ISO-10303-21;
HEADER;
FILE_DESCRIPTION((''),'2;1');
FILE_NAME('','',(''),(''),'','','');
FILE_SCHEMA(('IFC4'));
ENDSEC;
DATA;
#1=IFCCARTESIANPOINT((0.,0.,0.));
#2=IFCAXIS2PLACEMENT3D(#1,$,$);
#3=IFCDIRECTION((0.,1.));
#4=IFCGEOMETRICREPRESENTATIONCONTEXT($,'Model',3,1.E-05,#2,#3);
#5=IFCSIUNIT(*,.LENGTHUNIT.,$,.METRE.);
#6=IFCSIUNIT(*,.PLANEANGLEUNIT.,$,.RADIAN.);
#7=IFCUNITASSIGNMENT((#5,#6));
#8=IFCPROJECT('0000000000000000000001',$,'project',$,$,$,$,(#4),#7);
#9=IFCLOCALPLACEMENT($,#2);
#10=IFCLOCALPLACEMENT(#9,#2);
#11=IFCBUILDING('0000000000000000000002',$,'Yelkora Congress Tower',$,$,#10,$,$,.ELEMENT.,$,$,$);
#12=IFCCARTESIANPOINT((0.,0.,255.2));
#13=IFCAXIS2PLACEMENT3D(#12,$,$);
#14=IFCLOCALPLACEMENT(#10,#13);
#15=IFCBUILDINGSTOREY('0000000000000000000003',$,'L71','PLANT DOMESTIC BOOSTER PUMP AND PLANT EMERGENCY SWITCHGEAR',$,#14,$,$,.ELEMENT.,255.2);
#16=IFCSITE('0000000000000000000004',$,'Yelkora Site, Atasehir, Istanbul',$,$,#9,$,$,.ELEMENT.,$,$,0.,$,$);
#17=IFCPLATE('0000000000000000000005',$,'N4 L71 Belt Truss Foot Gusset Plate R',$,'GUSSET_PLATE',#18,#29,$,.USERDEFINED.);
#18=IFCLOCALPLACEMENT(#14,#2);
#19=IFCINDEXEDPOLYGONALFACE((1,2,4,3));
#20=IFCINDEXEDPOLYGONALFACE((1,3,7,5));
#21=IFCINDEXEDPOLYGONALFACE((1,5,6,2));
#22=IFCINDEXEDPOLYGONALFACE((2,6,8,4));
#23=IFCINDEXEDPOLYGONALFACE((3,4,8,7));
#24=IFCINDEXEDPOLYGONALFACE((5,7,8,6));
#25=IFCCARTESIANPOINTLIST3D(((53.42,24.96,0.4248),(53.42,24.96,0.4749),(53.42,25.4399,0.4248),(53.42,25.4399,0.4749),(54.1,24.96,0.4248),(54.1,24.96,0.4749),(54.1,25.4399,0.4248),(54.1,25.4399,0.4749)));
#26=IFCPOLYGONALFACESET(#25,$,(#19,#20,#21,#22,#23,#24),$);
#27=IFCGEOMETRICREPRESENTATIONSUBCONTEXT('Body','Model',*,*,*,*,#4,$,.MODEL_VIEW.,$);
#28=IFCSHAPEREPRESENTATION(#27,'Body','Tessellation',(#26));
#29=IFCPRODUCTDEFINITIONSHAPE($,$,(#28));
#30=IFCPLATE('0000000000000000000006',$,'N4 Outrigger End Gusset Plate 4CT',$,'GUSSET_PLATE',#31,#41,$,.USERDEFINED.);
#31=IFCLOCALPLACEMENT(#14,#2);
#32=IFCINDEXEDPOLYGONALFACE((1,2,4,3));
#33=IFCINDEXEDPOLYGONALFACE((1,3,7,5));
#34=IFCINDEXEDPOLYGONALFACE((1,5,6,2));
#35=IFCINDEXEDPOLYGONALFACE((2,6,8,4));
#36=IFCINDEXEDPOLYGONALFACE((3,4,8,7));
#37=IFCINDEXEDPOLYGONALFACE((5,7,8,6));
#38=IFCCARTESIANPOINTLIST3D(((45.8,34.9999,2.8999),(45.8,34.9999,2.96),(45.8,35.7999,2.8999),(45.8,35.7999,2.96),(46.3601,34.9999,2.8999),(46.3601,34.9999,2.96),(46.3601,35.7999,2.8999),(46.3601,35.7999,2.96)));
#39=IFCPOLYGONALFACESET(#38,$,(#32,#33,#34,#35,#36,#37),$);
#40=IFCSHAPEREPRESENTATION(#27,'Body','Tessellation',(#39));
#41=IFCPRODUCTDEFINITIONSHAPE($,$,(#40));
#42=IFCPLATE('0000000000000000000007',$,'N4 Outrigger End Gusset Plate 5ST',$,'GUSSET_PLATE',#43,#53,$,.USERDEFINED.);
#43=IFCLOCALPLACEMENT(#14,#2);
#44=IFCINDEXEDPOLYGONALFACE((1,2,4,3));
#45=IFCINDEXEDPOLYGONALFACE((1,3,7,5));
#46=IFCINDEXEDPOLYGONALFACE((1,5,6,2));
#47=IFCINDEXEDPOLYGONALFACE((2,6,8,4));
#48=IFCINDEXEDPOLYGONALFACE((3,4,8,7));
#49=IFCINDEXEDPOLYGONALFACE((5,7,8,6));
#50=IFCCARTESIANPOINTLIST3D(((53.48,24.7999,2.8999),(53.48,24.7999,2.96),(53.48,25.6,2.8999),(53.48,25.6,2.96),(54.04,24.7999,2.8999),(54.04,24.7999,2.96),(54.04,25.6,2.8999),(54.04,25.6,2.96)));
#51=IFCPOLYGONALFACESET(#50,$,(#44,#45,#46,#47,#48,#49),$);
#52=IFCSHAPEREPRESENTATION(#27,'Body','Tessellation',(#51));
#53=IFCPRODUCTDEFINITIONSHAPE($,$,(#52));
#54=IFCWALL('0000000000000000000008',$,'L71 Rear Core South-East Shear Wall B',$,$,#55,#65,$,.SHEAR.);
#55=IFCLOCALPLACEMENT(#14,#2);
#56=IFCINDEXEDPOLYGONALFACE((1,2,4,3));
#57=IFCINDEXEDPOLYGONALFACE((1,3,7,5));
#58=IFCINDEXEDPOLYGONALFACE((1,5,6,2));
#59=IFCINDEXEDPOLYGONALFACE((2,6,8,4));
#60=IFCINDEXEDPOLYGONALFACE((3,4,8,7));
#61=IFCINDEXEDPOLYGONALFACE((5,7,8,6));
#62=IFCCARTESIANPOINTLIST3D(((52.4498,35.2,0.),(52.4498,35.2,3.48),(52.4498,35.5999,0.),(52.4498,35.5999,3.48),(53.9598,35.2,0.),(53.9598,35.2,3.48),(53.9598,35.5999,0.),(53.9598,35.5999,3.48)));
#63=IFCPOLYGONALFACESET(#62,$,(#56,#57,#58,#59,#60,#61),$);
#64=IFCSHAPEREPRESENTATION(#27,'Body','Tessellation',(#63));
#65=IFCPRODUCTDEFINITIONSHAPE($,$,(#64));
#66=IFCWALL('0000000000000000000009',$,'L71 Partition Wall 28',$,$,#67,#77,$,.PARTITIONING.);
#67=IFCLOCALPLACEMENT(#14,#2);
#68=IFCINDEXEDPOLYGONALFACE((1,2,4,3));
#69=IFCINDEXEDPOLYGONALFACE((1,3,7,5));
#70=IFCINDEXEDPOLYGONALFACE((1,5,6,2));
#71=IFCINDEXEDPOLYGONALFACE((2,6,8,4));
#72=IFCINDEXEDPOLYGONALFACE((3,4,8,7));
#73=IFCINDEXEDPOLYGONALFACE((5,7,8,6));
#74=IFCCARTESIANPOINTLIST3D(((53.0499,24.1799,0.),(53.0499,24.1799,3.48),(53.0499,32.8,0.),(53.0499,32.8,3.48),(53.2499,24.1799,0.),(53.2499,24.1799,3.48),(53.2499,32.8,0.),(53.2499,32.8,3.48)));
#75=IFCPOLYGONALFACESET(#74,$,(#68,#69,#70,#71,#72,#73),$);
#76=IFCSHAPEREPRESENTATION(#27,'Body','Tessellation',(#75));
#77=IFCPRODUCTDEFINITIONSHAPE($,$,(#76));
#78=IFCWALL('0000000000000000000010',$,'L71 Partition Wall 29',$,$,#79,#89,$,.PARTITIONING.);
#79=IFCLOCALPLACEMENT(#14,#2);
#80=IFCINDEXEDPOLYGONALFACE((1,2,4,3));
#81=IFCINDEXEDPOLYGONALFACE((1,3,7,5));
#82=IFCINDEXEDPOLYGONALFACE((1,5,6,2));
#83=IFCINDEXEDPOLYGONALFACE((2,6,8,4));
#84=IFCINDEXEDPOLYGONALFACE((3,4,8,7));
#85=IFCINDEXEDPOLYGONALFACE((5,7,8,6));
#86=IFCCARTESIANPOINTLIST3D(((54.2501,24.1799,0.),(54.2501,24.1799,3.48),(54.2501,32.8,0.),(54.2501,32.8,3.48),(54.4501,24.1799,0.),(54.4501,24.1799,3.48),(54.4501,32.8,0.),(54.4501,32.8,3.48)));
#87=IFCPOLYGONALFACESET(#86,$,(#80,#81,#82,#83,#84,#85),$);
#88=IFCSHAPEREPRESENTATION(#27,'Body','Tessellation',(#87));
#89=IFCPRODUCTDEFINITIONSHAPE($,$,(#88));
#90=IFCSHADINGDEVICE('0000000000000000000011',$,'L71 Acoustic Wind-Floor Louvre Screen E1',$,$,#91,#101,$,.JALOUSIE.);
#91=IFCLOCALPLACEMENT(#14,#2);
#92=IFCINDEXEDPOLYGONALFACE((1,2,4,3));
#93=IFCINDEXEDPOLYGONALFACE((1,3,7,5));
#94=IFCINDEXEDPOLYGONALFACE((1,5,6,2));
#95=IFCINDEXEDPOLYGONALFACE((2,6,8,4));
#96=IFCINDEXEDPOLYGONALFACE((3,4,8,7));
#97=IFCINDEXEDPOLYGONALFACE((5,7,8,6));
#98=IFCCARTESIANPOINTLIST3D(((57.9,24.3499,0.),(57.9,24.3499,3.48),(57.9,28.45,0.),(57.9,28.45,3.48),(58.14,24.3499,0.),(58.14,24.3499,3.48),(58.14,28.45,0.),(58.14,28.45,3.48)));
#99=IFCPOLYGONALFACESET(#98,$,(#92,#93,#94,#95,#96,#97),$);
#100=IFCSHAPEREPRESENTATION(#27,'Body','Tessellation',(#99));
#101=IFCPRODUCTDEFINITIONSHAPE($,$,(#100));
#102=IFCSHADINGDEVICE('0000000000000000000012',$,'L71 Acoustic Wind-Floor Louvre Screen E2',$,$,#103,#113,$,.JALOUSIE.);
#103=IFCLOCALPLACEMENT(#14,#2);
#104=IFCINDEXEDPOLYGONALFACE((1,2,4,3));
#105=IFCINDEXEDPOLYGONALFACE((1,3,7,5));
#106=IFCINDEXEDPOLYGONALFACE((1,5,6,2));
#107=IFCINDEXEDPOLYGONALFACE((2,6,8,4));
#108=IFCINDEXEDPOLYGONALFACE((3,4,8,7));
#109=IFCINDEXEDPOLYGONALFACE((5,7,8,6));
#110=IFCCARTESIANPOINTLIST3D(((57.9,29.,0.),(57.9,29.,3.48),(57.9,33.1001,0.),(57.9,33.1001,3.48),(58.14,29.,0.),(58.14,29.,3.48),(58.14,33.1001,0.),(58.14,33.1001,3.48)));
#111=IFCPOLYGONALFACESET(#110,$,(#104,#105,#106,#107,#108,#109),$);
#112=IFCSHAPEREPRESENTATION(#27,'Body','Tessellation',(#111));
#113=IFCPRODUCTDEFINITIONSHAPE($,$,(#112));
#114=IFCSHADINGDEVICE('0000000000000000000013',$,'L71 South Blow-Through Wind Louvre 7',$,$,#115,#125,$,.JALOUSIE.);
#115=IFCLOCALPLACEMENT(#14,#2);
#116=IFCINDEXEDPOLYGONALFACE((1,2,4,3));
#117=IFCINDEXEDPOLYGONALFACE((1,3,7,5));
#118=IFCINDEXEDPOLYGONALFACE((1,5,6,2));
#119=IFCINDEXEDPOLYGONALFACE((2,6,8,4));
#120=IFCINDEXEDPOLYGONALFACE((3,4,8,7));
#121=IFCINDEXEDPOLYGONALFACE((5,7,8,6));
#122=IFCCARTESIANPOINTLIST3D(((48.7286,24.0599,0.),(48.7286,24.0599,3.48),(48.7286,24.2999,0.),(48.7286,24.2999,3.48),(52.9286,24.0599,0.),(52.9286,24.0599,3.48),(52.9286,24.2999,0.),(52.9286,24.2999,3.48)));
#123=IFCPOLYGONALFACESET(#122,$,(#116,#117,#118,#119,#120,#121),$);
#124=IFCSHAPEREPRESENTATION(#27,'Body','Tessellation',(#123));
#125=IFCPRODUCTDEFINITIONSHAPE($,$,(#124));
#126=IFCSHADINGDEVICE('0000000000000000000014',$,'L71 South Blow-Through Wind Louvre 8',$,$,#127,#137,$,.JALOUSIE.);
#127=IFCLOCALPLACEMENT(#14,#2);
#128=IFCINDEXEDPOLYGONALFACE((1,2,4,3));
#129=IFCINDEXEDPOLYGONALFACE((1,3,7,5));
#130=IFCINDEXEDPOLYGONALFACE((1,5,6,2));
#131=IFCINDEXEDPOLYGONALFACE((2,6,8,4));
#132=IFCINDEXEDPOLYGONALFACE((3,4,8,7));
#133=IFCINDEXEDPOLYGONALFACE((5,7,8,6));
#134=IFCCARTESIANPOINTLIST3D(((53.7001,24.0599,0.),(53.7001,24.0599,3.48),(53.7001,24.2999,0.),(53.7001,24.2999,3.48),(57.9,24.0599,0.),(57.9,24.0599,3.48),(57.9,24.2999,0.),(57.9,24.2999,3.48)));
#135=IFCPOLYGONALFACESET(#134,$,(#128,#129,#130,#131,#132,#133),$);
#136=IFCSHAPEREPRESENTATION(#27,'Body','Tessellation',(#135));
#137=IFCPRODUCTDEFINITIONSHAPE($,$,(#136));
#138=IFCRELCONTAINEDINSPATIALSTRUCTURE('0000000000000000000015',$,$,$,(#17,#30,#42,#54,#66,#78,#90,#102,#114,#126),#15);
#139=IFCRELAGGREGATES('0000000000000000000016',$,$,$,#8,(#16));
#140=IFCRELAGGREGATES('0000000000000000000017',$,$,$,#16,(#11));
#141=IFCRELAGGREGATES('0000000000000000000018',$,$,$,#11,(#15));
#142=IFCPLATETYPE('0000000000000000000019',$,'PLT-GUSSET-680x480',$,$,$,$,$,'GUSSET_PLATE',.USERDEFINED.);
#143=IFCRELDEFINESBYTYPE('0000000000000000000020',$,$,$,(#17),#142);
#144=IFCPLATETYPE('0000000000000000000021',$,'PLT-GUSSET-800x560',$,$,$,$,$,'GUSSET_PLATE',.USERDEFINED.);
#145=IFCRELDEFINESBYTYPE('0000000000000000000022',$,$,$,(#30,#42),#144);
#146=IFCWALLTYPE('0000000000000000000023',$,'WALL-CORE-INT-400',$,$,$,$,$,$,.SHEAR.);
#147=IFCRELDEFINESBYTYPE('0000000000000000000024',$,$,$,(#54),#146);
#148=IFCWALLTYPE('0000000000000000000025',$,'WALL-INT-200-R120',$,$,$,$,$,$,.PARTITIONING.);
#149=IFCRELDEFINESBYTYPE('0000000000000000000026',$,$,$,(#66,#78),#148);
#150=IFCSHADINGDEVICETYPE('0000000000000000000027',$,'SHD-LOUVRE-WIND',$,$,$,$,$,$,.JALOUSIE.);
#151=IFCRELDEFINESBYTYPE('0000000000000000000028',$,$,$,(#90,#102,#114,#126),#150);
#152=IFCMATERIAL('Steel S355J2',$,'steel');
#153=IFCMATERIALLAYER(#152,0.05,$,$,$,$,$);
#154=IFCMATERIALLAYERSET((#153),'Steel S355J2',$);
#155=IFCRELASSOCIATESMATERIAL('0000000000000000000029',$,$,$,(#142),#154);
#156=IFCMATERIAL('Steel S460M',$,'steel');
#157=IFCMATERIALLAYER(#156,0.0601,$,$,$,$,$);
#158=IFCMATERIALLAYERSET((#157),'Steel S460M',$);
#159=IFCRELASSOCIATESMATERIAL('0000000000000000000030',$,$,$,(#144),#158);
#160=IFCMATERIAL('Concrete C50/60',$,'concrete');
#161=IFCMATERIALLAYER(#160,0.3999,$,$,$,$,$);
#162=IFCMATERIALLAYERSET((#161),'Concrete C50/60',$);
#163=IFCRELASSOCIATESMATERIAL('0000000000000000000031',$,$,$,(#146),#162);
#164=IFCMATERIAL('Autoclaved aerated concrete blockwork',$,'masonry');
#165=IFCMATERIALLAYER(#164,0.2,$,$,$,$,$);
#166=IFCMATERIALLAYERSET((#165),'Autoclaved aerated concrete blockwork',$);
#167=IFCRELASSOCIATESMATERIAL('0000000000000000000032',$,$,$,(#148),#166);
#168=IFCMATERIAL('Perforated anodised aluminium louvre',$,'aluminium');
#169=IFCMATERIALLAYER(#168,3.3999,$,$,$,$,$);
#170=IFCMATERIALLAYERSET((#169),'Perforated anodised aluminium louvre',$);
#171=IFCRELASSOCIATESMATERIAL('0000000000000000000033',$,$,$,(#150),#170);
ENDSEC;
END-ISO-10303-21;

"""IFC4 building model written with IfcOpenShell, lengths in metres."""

from ifc_helpers import new_model, si_unit, direction, frame, frame_2d, origin, origin_2d, place, context, subcontext, project, spatial, rectangle, extrude, material, layer, layer_set, type_object, element, save


model = new_model("IFC4")

# Units and contexts
model_context = context("Model", 3, precision=1e-05, world=origin(), true_north=direction((0.0, 1.0)))
body_context = subcontext(model_context, "Body", "Model", "MODEL_VIEW")
ifc_project = project(units=[si_unit("LENGTHUNIT", "METRE"), si_unit("PLANEANGLEUNIT", "RADIAN")], contexts=[model_context])

# Site, building, storey
site_placement = place(None, origin())
site = spatial("IfcSite", under=ifc_project, at=site_placement, Name="Yelkora Site, Atasehir, Istanbul", CompositionType="ELEMENT", RefElevation=0.0)
building_placement = place(site_placement, origin())
building = spatial("IfcBuilding", under=site, at=building_placement, Name="Yelkora Congress Tower", CompositionType="ELEMENT")
storey_placement = place(building_placement, frame((0.0, 0.0, 255.2)))
storey = spatial("IfcBuildingStorey", under=building, at=storey_placement, Name="L71", Description="PLANT DOMESTIC BOOSTER PUMP AND PLANT EMERGENCY SWITCHGEAR", CompositionType="ELEMENT", Elevation=255.2)

# Shared definitions
ifc_material_1 = material(Name="Steel S460M", Category="steel")

# Shared definitions
ifc_material_2 = material(Name="Steel S355J2", Category="steel")

# Plates
ifc_layer_1 = layer(ifc_material_2, 0.05)
ifc_layer_set_1 = layer_set([ifc_layer_1], Name="Steel S355J2")
plate_type_1 = type_object("IfcPlateType", Name="PLT-GUSSET-680x480", ElementType="GUSSET_PLATE", PredefinedType="USERDEFINED", material=ifc_layer_set_1)
for number, where, z_axis, x_axis, name in (
    (1, (53.76, 25.2, 0.4248), (0.0, 0.0, 1.0), (1.0, 0.0, 0.0), "N4 L71 Belt Truss Foot Gusset Plate R"),
):
    element("IfcPlate", number, at=place(storey_placement, frame(where, z_axis=z_axis, x_axis=x_axis)), inside=storey, type_object=plate_type_1, Name=name, ObjectType="GUSSET_PLATE", PredefinedType="USERDEFINED", context=body_context, shape_type="SweptSolid", body=[
        extrude(rectangle(XDim=0.6799, YDim=0.48, at=origin_2d()), origin(), (0.0, 0.0, 1.0), 0.05),
    ])
ifc_layer_2 = layer(ifc_material_1, 0.0601)
ifc_layer_set_2 = layer_set([ifc_layer_2], Name="Steel S460M")
plate_type_2 = type_object("IfcPlateType", Name="PLT-GUSSET-800x560", ElementType="GUSSET_PLATE", PredefinedType="USERDEFINED", material=ifc_layer_set_2)
for number, where, z_axis, x_axis, name in (
    (2, (46.0801, 35.3999, 2.8999), (0.0, 0.0, 1.0), (0.0, 1.0, 0.0), "N4 Outrigger End Gusset Plate 4CT"),
    (3, (53.76, 25.2, 2.8999), (0.0, 0.0, 1.0), (0.0, 1.0, 0.0), "N4 Outrigger End Gusset Plate 5ST"),
):
    element("IfcPlate", number, at=place(storey_placement, frame(where, z_axis=z_axis, x_axis=x_axis)), inside=storey, type_object=plate_type_2, Name=name, ObjectType="GUSSET_PLATE", PredefinedType="USERDEFINED", context=body_context, shape_type="SweptSolid", body=[
        extrude(rectangle(XDim=0.8, YDim=0.5601, at=origin_2d()), origin(), (0.0, 0.0, 1.0), 0.0601),
    ])

# Wall
ifc_material_3 = material(Name="Concrete C50/60", Category="concrete")
ifc_layer_3 = layer(ifc_material_3, 0.3999)
ifc_layer_set_3 = layer_set([ifc_layer_3], Name="Concrete C50/60")
wall_type_1 = type_object("IfcWallType", Name="WALL-CORE-INT-400", PredefinedType="SHEAR", material=ifc_layer_set_3)
wall_1_placement = place(storey_placement, frame((52.45, 35.3999, 0.0), z_axis=(0.0, 0.0, 1.0), x_axis=(1.0, 0.0, 0.0)))
element("IfcWall", 4, at=wall_1_placement, inside=storey, type_object=wall_type_1, Name="L71 Rear Core South-East Shear Wall B", PredefinedType="SHEAR", context=body_context, shape_type="SweptSolid", body=[
    extrude(rectangle(XDim=1.51, YDim=0.3999, at=frame_2d((0.7549, 0.0))), origin(), (0.0, 0.0, 1.0), 3.48),
])

# Shared definitions
ifc_material_4 = material(Name="Autoclaved aerated concrete blockwork", Category="masonry")
ifc_layer_4 = layer(ifc_material_4, 0.2)
ifc_layer_set_4 = layer_set([ifc_layer_4], Name="Autoclaved aerated concrete blockwork")
wall_type_2 = type_object("IfcWallType", Name="WALL-INT-200-R120", PredefinedType="PARTITIONING", material=ifc_layer_set_4)

# Walls
for number, where, z_axis, x_axis, name in (
    (5, (53.1499, 24.1799, 0.0), (0.0, 0.0, 1.0), (0.0, 1.0, 0.0), "L71 Partition Wall 28"),
    (6, (54.3501, 24.1799, 0.0), (0.0, 0.0, 1.0), (0.0, 1.0, 0.0), "L71 Partition Wall 29"),
):
    element("IfcWall", number, at=place(storey_placement, frame(where, z_axis=z_axis, x_axis=x_axis)), inside=storey, type_object=wall_type_2, Name=name, PredefinedType="PARTITIONING", context=body_context, shape_type="SweptSolid", body=[
        extrude(rectangle(XDim=8.6201, YDim=0.2, at=frame_2d((4.3101, 0.0))), origin(), (0.0, 0.0, 1.0), 3.48),
    ])

# Shading devices
ifc_material_5 = material(Name="Perforated anodised aluminium louvre", Category="aluminium")
ifc_layer_5 = layer(ifc_material_5, 3.3999)
ifc_layer_set_5 = layer_set([ifc_layer_5], Name="Perforated anodised aluminium louvre")
shading_device_type = type_object("IfcShadingDeviceType", Name="SHD-LOUVRE-WIND", PredefinedType="JALOUSIE", material=ifc_layer_set_5)
for number, where, z_axis, x_axis, name in (
    (7, (58.02, 26.3999, 0.0), (0.0, 0.0, 1.0), (1.0, 0.0, 0.0), "L71 Acoustic Wind-Floor Louvre Screen E1"),
    (8, (58.02, 31.05, 0.0), (0.0, 0.0, 1.0), (1.0, 0.0, 0.0), "L71 Acoustic Wind-Floor Louvre Screen E2"),
):
    element("IfcShadingDevice", number, at=place(storey_placement, frame(where, z_axis=z_axis, x_axis=x_axis)), inside=storey, type_object=shading_device_type, Name=name, PredefinedType="JALOUSIE", context=body_context, shape_type="SweptSolid", body=[
        extrude(rectangle(XDim=0.24, YDim=4.1001, at=origin_2d()), origin(), (0.0, 0.0, 1.0), 3.48),
    ])
for number, where, z_axis, x_axis, name in (
    (9, (50.8286, 24.1799, 0.0), (0.0, 0.0, 1.0), (1.0, 0.0, 0.0), "L71 South Blow-Through Wind Louvre 7"),
    (10, (55.8, 24.1799, 0.0), (0.0, 0.0, 1.0), (1.0, 0.0, 0.0), "L71 South Blow-Through Wind Louvre 8"),
):
    element("IfcShadingDevice", number, at=place(storey_placement, frame(where, z_axis=z_axis, x_axis=x_axis)), inside=storey, type_object=shading_device_type, Name=name, PredefinedType="JALOUSIE", context=body_context, shape_type="SweptSolid", body=[
        extrude(rectangle(XDim=4.2, YDim=0.24, at=origin_2d()), origin(), (0.0, 0.0, 1.0), 3.48),
    ])

save(model, "model.ifc")
